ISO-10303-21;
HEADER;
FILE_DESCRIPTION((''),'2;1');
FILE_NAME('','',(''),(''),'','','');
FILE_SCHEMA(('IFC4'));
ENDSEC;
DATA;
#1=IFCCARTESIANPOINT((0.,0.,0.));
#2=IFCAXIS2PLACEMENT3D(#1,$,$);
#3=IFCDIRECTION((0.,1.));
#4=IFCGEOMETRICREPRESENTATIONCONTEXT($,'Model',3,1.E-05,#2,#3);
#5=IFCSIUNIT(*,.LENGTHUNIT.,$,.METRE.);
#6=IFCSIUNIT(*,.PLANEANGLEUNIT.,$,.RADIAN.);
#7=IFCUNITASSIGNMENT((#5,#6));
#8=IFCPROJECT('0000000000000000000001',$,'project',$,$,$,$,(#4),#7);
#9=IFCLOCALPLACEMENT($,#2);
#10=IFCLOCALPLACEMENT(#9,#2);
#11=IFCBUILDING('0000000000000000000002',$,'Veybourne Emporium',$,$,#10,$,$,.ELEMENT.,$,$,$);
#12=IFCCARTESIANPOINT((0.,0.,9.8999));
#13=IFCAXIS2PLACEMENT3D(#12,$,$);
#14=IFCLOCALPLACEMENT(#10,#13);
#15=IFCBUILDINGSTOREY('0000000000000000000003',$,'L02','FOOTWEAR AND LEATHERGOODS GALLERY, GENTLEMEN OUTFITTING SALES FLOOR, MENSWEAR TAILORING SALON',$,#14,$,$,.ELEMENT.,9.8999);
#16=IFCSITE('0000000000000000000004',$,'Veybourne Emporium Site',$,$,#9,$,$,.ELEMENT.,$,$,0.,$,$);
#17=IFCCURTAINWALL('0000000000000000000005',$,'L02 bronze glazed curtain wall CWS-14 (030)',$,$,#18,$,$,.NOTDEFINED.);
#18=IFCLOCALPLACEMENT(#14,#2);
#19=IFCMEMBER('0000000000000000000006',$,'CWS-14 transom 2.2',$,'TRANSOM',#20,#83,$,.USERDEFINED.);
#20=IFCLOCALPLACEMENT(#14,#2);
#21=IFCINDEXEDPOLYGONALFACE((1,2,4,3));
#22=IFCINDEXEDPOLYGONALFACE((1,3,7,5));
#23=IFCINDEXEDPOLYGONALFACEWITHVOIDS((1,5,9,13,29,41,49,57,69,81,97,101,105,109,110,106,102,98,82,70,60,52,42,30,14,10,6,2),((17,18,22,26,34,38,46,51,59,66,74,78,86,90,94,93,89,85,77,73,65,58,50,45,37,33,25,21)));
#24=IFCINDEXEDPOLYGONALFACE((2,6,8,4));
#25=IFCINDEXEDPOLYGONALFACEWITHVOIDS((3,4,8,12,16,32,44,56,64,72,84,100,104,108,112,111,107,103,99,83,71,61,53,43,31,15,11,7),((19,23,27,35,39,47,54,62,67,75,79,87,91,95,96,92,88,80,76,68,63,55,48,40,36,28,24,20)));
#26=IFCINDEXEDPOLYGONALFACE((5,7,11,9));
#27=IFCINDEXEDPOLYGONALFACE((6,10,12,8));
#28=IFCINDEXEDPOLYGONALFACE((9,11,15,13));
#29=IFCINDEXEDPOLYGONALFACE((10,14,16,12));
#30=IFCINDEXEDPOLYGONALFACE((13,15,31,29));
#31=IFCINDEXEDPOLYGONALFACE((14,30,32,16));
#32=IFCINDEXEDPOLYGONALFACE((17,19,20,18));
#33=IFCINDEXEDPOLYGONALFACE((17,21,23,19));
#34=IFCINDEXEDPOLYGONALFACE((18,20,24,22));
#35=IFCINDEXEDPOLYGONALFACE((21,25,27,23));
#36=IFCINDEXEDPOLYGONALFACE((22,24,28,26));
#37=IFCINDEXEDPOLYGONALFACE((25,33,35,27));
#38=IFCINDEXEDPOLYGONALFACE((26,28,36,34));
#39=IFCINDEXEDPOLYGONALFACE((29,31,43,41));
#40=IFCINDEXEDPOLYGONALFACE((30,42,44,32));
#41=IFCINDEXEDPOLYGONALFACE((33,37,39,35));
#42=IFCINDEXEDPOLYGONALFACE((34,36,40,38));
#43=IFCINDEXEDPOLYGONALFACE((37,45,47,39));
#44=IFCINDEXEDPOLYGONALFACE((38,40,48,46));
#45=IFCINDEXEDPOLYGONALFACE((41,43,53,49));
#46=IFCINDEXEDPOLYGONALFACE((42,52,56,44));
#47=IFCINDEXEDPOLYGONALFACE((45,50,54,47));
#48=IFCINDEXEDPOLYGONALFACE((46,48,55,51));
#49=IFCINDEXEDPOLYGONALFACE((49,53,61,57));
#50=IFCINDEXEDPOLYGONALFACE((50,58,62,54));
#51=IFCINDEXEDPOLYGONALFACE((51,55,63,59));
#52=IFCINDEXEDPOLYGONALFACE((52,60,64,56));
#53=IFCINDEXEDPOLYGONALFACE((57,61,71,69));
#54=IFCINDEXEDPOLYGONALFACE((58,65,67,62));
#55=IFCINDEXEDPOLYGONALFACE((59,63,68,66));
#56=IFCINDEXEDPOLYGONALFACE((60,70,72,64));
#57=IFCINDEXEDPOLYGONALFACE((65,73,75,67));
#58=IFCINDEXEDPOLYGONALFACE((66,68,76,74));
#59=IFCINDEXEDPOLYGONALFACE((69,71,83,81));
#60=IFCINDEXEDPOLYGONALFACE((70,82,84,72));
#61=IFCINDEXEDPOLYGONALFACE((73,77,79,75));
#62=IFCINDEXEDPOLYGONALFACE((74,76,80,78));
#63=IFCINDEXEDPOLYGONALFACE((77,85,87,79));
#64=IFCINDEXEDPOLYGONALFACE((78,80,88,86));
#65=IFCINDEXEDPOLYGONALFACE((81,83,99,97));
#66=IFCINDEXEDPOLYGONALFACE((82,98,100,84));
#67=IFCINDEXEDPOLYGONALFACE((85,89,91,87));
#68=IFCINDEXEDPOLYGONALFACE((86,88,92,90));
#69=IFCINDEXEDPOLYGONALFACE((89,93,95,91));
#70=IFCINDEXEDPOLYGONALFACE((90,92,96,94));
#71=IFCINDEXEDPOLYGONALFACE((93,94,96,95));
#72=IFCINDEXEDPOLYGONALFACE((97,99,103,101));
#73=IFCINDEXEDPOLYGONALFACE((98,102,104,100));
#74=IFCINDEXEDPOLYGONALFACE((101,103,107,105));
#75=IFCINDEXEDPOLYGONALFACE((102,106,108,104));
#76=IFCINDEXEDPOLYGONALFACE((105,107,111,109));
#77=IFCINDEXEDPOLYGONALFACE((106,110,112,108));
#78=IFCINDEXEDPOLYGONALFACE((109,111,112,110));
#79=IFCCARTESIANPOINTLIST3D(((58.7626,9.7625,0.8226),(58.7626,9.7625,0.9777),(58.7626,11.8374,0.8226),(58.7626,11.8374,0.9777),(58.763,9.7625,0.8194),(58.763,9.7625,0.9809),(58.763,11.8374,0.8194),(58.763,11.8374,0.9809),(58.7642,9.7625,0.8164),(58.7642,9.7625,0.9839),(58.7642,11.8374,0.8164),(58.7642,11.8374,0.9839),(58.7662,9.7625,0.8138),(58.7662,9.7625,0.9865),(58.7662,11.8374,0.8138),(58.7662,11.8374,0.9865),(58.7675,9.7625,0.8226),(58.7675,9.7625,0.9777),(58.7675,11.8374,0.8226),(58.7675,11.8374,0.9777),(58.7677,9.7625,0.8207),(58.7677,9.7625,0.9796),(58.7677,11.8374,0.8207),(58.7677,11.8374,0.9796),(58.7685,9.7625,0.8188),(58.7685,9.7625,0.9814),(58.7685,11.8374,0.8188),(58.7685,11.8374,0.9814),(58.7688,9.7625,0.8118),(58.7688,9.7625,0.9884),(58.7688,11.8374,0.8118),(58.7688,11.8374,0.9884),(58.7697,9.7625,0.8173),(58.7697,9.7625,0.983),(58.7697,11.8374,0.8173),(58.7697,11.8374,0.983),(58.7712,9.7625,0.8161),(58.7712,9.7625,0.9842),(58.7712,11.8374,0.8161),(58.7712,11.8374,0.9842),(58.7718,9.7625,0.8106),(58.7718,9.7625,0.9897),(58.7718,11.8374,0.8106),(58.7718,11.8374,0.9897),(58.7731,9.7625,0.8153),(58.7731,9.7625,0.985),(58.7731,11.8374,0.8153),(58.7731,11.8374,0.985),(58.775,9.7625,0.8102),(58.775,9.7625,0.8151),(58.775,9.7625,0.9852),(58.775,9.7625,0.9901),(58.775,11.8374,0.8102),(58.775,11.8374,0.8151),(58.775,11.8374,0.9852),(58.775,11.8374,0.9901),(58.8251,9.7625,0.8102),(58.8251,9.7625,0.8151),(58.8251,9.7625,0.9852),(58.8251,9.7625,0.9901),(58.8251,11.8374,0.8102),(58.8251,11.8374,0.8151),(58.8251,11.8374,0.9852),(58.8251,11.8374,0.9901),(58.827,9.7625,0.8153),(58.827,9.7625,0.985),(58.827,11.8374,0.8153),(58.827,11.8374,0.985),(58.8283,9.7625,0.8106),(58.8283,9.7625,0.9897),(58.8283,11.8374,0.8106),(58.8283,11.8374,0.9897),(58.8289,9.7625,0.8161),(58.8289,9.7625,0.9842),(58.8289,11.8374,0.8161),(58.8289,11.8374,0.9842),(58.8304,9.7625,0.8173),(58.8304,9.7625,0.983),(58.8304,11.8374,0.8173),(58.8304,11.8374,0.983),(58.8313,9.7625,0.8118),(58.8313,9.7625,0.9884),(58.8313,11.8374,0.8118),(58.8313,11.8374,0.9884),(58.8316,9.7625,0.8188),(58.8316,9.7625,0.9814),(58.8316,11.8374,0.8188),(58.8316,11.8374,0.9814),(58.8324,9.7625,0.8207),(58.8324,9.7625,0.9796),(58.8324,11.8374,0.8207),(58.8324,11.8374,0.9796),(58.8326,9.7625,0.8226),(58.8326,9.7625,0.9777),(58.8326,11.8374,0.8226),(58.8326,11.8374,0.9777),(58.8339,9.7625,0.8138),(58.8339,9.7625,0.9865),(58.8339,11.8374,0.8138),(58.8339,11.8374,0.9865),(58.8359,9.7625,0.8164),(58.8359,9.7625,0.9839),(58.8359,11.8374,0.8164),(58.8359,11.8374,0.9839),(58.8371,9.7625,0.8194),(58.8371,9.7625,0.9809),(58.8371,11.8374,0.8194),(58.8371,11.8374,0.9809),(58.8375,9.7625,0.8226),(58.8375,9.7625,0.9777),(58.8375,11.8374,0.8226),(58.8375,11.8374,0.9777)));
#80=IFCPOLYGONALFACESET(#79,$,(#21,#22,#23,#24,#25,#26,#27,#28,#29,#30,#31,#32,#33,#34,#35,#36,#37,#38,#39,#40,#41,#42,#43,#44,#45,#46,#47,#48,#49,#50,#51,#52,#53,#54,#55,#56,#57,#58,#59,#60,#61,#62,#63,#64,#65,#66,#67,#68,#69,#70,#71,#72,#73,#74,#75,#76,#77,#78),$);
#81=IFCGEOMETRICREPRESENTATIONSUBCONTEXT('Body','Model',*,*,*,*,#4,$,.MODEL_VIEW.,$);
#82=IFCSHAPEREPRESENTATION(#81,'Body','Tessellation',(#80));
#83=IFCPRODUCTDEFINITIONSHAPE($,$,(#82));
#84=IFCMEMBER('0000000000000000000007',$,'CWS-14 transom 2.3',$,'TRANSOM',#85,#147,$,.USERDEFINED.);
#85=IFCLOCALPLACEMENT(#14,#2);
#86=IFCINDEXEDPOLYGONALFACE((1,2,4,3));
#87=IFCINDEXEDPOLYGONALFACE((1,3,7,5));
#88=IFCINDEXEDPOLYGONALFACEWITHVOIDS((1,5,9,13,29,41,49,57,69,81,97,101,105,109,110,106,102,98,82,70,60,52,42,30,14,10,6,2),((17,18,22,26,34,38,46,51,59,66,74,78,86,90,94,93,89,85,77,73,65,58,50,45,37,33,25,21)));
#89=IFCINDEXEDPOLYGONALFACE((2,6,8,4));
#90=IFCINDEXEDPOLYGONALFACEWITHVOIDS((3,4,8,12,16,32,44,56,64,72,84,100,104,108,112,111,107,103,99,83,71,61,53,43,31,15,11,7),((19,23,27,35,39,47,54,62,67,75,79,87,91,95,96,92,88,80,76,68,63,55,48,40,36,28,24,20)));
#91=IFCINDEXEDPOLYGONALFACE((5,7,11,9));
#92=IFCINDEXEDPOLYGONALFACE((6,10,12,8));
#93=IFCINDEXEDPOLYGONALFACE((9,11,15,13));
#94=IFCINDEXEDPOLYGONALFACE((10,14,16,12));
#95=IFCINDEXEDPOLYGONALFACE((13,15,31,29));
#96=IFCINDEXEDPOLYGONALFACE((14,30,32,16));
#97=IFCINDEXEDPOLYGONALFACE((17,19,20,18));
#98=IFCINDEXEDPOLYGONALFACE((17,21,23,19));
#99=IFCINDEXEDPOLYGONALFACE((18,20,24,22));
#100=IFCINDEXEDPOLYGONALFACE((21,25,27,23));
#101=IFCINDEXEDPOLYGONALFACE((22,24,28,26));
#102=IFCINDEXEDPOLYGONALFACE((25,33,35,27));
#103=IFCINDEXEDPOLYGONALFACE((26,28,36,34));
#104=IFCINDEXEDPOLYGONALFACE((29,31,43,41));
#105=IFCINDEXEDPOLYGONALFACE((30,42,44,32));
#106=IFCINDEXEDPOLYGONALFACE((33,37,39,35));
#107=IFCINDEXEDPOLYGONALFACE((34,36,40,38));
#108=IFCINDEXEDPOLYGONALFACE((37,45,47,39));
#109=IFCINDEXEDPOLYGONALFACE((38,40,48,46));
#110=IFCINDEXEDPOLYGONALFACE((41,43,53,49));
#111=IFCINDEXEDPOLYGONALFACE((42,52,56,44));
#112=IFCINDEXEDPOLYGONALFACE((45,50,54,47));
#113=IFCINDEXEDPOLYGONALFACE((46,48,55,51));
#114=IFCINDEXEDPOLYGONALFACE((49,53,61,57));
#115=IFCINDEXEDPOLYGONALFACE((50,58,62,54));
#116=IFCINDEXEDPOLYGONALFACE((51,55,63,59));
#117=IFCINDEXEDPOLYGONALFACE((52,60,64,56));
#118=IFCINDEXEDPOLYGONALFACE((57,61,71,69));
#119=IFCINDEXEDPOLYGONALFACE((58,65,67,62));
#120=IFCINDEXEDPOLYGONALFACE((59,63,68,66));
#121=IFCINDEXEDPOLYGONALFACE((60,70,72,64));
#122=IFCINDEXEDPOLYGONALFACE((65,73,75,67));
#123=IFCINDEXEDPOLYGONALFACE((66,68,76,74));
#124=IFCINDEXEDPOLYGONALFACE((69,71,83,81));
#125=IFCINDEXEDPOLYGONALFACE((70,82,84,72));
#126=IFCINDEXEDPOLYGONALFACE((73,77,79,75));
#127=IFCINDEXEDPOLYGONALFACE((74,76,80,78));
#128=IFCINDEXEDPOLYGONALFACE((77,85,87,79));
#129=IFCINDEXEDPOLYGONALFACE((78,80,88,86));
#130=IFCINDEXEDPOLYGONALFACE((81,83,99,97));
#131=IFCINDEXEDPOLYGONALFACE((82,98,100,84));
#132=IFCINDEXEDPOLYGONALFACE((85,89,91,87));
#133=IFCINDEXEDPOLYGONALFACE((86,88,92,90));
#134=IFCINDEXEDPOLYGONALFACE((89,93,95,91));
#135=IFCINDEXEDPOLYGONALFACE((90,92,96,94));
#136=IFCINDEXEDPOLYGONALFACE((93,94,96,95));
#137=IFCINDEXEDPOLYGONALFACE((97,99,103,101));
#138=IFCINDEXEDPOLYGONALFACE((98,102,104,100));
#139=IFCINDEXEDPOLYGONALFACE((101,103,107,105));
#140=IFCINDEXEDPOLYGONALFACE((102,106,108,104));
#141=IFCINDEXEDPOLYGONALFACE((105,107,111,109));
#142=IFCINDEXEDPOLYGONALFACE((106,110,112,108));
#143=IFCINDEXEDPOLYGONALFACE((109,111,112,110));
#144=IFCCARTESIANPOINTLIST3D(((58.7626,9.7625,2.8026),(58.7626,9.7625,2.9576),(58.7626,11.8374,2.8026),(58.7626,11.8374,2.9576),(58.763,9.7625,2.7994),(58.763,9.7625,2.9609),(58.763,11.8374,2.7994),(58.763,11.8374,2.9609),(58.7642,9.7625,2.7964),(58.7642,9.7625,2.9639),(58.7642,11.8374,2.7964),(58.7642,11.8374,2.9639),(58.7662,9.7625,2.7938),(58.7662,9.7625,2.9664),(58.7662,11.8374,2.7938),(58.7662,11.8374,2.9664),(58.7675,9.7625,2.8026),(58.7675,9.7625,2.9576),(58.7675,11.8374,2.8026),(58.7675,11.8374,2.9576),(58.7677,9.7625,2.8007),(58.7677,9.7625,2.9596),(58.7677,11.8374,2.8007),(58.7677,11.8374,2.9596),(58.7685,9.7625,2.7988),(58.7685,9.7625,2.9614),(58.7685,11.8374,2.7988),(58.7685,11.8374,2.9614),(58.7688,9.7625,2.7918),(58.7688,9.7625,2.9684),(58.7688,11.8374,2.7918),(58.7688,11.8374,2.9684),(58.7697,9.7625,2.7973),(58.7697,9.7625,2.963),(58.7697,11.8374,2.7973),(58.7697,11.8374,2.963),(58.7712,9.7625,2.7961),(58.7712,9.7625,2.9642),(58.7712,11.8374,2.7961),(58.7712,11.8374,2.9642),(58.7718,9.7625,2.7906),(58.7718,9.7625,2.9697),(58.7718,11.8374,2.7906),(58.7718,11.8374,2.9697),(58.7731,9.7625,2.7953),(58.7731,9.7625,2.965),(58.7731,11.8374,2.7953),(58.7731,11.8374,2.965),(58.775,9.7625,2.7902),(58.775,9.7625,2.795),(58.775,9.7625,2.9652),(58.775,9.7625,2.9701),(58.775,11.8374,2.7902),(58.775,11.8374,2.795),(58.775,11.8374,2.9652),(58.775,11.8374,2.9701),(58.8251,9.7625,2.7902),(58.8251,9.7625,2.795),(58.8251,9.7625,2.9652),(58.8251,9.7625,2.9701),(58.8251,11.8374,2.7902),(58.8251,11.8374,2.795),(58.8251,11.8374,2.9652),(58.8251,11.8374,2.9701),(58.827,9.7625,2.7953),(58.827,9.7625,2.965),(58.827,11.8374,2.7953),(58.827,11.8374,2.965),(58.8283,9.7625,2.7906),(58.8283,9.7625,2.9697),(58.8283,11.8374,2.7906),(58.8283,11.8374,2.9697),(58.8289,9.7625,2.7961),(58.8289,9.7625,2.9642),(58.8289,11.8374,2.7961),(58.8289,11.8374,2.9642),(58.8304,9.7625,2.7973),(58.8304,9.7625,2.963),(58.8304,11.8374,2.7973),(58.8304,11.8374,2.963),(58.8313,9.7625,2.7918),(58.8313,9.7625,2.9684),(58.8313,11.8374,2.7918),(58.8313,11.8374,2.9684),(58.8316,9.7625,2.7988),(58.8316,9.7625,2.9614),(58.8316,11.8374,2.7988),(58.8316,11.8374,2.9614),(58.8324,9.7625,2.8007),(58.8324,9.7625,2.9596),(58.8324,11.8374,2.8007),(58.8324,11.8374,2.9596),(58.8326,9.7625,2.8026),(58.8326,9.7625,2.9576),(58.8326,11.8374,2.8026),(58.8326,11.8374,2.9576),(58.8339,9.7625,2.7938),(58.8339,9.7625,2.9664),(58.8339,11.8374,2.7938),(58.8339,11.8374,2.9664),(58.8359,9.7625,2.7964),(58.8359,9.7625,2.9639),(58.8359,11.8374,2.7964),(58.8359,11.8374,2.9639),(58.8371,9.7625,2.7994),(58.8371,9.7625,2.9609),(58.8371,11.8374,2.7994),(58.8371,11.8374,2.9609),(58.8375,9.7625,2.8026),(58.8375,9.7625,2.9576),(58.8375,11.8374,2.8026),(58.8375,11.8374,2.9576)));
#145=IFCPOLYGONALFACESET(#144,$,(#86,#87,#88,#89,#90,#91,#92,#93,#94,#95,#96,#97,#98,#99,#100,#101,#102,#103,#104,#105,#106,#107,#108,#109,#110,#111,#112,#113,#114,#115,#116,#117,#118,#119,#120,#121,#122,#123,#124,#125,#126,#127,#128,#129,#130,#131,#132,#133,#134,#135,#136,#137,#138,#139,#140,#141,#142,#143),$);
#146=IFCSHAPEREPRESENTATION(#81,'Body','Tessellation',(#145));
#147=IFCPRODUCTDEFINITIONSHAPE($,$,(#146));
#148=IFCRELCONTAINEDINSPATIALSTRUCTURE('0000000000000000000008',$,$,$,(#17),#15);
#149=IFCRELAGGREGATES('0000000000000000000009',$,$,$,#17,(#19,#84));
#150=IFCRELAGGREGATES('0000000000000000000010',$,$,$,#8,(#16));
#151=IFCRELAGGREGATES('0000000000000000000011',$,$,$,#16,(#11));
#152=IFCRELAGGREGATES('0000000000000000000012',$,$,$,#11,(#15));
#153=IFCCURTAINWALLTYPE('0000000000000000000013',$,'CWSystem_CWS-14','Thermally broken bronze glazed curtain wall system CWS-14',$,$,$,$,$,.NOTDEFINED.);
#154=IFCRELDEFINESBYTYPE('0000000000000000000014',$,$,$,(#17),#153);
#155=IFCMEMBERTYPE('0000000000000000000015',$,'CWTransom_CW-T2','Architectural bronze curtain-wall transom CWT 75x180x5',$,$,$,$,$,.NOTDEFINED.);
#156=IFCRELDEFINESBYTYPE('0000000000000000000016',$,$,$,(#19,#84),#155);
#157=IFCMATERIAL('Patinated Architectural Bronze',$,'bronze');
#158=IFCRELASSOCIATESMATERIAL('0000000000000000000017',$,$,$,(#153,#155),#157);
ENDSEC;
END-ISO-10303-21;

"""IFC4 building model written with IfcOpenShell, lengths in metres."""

from ifc_helpers import new_model, si_unit, direction, frame, origin, origin_2d, place, context, subcontext, project, spatial, hollow_rectangle, extrude, material, material_profile, profile_set, type_object, element, aggregate, save


model = new_model("IFC4")

# Units and contexts
model_context = context("Model", 3, precision=1e-05, world=origin(), true_north=direction((0.0, 1.0)))
body_context = subcontext(model_context, "Body", "Model", "MODEL_VIEW")
ifc_project = project(units=[si_unit("LENGTHUNIT", "METRE"), si_unit("PLANEANGLEUNIT", "RADIAN")], contexts=[model_context])

# Site, building, storey
site_placement = place(None, origin())
site = spatial("IfcSite", under=ifc_project, at=site_placement, Name="Veybourne Emporium Site", CompositionType="ELEMENT", RefElevation=0.0)
building_placement = place(site_placement, origin())
building = spatial("IfcBuilding", under=site, at=building_placement, Name="Veybourne Emporium", CompositionType="ELEMENT")
storey_placement = place(building_placement, frame((0.0, 0.0, 9.8999)))
storey = spatial("IfcBuildingStorey", under=building, at=storey_placement, Name="L02", Description="FOOTWEAR AND LEATHERGOODS GALLERY, GENTLEMEN OUTFITTING SALES FLOOR, MENSWEAR TAILORING SALON", CompositionType="ELEMENT", Elevation=9.8999)

# Curtain wall
ifc_material_1 = material(Name="Patinated Architectural Bronze", Category="bronze")
curtain_wall_type_1 = type_object("IfcCurtainWallType", Name="CWSystem_CWS-14", Description="Thermally broken bronze glazed curtain wall system CWS-14", PredefinedType="NOTDEFINED", material=ifc_material_1)
curtain_wall_1_placement = place(storey_placement, origin())
curtain_wall_1 = element("IfcCurtainWall", 1, at=curtain_wall_1_placement, inside=storey, type_object=curtain_wall_type_1, Name="L02 bronze glazed curtain wall CWS-14 (030)", PredefinedType="NOTDEFINED")

# Members
ifc_material_profile_1 = material_profile(ifc_material_1, hollow_rectangle(XDim=0.075, YDim=0.1799, WallThickness=0.0049, InnerFilletRadius=0.0076, OuterFilletRadius=0.0125, at=origin_2d()), Name="CWT 75x180x5")
ifc_profile_set_1 = profile_set([ifc_material_profile_1], Name="Patinated Architectural Bronze")
member_type_1 = type_object("IfcMemberType", Name="CWTransom_CW-T2", Description="Architectural bronze curtain-wall transom CWT 75x180x5", PredefinedType="NOTDEFINED", material=ifc_profile_set_1)
member_1_placement = place(storey_placement, frame((58.8, 11.8374, 0.9001), z_axis=(0.0, -1.0, 0.0), x_axis=(1.0, 0.0, 0.0)))
member_1 = element("IfcMember", 2, at=member_1_placement, type_object=member_type_1, Name="CWS-14 transom 2.2", ObjectType="TRANSOM", PredefinedType="USERDEFINED", context=body_context, shape_type="SweptSolid", body=[
    extrude(hollow_rectangle(XDim=0.075, YDim=0.1799, WallThickness=0.0049, InnerFilletRadius=0.0076, OuterFilletRadius=0.0125, at=origin_2d()), origin(), (0.0, 0.0, 1.0), 2.075),
])
member_2_placement = place(storey_placement, frame((58.8, 11.8374, 2.8801), z_axis=(0.0, -1.0, 0.0), x_axis=(1.0, 0.0, 0.0)))
member_2 = element("IfcMember", 3, at=member_2_placement, type_object=member_type_1, Name="CWS-14 transom 2.3", ObjectType="TRANSOM", PredefinedType="USERDEFINED", context=body_context, shape_type="SweptSolid", body=[
    extrude(hollow_rectangle(XDim=0.075, YDim=0.1799, WallThickness=0.0049, InnerFilletRadius=0.0076, OuterFilletRadius=0.0125, at=origin_2d()), origin(), (0.0, 0.0, 1.0), 2.075),
])

aggregate(curtain_wall_1, [member_1, member_2])

save(model, "model.ifc")
